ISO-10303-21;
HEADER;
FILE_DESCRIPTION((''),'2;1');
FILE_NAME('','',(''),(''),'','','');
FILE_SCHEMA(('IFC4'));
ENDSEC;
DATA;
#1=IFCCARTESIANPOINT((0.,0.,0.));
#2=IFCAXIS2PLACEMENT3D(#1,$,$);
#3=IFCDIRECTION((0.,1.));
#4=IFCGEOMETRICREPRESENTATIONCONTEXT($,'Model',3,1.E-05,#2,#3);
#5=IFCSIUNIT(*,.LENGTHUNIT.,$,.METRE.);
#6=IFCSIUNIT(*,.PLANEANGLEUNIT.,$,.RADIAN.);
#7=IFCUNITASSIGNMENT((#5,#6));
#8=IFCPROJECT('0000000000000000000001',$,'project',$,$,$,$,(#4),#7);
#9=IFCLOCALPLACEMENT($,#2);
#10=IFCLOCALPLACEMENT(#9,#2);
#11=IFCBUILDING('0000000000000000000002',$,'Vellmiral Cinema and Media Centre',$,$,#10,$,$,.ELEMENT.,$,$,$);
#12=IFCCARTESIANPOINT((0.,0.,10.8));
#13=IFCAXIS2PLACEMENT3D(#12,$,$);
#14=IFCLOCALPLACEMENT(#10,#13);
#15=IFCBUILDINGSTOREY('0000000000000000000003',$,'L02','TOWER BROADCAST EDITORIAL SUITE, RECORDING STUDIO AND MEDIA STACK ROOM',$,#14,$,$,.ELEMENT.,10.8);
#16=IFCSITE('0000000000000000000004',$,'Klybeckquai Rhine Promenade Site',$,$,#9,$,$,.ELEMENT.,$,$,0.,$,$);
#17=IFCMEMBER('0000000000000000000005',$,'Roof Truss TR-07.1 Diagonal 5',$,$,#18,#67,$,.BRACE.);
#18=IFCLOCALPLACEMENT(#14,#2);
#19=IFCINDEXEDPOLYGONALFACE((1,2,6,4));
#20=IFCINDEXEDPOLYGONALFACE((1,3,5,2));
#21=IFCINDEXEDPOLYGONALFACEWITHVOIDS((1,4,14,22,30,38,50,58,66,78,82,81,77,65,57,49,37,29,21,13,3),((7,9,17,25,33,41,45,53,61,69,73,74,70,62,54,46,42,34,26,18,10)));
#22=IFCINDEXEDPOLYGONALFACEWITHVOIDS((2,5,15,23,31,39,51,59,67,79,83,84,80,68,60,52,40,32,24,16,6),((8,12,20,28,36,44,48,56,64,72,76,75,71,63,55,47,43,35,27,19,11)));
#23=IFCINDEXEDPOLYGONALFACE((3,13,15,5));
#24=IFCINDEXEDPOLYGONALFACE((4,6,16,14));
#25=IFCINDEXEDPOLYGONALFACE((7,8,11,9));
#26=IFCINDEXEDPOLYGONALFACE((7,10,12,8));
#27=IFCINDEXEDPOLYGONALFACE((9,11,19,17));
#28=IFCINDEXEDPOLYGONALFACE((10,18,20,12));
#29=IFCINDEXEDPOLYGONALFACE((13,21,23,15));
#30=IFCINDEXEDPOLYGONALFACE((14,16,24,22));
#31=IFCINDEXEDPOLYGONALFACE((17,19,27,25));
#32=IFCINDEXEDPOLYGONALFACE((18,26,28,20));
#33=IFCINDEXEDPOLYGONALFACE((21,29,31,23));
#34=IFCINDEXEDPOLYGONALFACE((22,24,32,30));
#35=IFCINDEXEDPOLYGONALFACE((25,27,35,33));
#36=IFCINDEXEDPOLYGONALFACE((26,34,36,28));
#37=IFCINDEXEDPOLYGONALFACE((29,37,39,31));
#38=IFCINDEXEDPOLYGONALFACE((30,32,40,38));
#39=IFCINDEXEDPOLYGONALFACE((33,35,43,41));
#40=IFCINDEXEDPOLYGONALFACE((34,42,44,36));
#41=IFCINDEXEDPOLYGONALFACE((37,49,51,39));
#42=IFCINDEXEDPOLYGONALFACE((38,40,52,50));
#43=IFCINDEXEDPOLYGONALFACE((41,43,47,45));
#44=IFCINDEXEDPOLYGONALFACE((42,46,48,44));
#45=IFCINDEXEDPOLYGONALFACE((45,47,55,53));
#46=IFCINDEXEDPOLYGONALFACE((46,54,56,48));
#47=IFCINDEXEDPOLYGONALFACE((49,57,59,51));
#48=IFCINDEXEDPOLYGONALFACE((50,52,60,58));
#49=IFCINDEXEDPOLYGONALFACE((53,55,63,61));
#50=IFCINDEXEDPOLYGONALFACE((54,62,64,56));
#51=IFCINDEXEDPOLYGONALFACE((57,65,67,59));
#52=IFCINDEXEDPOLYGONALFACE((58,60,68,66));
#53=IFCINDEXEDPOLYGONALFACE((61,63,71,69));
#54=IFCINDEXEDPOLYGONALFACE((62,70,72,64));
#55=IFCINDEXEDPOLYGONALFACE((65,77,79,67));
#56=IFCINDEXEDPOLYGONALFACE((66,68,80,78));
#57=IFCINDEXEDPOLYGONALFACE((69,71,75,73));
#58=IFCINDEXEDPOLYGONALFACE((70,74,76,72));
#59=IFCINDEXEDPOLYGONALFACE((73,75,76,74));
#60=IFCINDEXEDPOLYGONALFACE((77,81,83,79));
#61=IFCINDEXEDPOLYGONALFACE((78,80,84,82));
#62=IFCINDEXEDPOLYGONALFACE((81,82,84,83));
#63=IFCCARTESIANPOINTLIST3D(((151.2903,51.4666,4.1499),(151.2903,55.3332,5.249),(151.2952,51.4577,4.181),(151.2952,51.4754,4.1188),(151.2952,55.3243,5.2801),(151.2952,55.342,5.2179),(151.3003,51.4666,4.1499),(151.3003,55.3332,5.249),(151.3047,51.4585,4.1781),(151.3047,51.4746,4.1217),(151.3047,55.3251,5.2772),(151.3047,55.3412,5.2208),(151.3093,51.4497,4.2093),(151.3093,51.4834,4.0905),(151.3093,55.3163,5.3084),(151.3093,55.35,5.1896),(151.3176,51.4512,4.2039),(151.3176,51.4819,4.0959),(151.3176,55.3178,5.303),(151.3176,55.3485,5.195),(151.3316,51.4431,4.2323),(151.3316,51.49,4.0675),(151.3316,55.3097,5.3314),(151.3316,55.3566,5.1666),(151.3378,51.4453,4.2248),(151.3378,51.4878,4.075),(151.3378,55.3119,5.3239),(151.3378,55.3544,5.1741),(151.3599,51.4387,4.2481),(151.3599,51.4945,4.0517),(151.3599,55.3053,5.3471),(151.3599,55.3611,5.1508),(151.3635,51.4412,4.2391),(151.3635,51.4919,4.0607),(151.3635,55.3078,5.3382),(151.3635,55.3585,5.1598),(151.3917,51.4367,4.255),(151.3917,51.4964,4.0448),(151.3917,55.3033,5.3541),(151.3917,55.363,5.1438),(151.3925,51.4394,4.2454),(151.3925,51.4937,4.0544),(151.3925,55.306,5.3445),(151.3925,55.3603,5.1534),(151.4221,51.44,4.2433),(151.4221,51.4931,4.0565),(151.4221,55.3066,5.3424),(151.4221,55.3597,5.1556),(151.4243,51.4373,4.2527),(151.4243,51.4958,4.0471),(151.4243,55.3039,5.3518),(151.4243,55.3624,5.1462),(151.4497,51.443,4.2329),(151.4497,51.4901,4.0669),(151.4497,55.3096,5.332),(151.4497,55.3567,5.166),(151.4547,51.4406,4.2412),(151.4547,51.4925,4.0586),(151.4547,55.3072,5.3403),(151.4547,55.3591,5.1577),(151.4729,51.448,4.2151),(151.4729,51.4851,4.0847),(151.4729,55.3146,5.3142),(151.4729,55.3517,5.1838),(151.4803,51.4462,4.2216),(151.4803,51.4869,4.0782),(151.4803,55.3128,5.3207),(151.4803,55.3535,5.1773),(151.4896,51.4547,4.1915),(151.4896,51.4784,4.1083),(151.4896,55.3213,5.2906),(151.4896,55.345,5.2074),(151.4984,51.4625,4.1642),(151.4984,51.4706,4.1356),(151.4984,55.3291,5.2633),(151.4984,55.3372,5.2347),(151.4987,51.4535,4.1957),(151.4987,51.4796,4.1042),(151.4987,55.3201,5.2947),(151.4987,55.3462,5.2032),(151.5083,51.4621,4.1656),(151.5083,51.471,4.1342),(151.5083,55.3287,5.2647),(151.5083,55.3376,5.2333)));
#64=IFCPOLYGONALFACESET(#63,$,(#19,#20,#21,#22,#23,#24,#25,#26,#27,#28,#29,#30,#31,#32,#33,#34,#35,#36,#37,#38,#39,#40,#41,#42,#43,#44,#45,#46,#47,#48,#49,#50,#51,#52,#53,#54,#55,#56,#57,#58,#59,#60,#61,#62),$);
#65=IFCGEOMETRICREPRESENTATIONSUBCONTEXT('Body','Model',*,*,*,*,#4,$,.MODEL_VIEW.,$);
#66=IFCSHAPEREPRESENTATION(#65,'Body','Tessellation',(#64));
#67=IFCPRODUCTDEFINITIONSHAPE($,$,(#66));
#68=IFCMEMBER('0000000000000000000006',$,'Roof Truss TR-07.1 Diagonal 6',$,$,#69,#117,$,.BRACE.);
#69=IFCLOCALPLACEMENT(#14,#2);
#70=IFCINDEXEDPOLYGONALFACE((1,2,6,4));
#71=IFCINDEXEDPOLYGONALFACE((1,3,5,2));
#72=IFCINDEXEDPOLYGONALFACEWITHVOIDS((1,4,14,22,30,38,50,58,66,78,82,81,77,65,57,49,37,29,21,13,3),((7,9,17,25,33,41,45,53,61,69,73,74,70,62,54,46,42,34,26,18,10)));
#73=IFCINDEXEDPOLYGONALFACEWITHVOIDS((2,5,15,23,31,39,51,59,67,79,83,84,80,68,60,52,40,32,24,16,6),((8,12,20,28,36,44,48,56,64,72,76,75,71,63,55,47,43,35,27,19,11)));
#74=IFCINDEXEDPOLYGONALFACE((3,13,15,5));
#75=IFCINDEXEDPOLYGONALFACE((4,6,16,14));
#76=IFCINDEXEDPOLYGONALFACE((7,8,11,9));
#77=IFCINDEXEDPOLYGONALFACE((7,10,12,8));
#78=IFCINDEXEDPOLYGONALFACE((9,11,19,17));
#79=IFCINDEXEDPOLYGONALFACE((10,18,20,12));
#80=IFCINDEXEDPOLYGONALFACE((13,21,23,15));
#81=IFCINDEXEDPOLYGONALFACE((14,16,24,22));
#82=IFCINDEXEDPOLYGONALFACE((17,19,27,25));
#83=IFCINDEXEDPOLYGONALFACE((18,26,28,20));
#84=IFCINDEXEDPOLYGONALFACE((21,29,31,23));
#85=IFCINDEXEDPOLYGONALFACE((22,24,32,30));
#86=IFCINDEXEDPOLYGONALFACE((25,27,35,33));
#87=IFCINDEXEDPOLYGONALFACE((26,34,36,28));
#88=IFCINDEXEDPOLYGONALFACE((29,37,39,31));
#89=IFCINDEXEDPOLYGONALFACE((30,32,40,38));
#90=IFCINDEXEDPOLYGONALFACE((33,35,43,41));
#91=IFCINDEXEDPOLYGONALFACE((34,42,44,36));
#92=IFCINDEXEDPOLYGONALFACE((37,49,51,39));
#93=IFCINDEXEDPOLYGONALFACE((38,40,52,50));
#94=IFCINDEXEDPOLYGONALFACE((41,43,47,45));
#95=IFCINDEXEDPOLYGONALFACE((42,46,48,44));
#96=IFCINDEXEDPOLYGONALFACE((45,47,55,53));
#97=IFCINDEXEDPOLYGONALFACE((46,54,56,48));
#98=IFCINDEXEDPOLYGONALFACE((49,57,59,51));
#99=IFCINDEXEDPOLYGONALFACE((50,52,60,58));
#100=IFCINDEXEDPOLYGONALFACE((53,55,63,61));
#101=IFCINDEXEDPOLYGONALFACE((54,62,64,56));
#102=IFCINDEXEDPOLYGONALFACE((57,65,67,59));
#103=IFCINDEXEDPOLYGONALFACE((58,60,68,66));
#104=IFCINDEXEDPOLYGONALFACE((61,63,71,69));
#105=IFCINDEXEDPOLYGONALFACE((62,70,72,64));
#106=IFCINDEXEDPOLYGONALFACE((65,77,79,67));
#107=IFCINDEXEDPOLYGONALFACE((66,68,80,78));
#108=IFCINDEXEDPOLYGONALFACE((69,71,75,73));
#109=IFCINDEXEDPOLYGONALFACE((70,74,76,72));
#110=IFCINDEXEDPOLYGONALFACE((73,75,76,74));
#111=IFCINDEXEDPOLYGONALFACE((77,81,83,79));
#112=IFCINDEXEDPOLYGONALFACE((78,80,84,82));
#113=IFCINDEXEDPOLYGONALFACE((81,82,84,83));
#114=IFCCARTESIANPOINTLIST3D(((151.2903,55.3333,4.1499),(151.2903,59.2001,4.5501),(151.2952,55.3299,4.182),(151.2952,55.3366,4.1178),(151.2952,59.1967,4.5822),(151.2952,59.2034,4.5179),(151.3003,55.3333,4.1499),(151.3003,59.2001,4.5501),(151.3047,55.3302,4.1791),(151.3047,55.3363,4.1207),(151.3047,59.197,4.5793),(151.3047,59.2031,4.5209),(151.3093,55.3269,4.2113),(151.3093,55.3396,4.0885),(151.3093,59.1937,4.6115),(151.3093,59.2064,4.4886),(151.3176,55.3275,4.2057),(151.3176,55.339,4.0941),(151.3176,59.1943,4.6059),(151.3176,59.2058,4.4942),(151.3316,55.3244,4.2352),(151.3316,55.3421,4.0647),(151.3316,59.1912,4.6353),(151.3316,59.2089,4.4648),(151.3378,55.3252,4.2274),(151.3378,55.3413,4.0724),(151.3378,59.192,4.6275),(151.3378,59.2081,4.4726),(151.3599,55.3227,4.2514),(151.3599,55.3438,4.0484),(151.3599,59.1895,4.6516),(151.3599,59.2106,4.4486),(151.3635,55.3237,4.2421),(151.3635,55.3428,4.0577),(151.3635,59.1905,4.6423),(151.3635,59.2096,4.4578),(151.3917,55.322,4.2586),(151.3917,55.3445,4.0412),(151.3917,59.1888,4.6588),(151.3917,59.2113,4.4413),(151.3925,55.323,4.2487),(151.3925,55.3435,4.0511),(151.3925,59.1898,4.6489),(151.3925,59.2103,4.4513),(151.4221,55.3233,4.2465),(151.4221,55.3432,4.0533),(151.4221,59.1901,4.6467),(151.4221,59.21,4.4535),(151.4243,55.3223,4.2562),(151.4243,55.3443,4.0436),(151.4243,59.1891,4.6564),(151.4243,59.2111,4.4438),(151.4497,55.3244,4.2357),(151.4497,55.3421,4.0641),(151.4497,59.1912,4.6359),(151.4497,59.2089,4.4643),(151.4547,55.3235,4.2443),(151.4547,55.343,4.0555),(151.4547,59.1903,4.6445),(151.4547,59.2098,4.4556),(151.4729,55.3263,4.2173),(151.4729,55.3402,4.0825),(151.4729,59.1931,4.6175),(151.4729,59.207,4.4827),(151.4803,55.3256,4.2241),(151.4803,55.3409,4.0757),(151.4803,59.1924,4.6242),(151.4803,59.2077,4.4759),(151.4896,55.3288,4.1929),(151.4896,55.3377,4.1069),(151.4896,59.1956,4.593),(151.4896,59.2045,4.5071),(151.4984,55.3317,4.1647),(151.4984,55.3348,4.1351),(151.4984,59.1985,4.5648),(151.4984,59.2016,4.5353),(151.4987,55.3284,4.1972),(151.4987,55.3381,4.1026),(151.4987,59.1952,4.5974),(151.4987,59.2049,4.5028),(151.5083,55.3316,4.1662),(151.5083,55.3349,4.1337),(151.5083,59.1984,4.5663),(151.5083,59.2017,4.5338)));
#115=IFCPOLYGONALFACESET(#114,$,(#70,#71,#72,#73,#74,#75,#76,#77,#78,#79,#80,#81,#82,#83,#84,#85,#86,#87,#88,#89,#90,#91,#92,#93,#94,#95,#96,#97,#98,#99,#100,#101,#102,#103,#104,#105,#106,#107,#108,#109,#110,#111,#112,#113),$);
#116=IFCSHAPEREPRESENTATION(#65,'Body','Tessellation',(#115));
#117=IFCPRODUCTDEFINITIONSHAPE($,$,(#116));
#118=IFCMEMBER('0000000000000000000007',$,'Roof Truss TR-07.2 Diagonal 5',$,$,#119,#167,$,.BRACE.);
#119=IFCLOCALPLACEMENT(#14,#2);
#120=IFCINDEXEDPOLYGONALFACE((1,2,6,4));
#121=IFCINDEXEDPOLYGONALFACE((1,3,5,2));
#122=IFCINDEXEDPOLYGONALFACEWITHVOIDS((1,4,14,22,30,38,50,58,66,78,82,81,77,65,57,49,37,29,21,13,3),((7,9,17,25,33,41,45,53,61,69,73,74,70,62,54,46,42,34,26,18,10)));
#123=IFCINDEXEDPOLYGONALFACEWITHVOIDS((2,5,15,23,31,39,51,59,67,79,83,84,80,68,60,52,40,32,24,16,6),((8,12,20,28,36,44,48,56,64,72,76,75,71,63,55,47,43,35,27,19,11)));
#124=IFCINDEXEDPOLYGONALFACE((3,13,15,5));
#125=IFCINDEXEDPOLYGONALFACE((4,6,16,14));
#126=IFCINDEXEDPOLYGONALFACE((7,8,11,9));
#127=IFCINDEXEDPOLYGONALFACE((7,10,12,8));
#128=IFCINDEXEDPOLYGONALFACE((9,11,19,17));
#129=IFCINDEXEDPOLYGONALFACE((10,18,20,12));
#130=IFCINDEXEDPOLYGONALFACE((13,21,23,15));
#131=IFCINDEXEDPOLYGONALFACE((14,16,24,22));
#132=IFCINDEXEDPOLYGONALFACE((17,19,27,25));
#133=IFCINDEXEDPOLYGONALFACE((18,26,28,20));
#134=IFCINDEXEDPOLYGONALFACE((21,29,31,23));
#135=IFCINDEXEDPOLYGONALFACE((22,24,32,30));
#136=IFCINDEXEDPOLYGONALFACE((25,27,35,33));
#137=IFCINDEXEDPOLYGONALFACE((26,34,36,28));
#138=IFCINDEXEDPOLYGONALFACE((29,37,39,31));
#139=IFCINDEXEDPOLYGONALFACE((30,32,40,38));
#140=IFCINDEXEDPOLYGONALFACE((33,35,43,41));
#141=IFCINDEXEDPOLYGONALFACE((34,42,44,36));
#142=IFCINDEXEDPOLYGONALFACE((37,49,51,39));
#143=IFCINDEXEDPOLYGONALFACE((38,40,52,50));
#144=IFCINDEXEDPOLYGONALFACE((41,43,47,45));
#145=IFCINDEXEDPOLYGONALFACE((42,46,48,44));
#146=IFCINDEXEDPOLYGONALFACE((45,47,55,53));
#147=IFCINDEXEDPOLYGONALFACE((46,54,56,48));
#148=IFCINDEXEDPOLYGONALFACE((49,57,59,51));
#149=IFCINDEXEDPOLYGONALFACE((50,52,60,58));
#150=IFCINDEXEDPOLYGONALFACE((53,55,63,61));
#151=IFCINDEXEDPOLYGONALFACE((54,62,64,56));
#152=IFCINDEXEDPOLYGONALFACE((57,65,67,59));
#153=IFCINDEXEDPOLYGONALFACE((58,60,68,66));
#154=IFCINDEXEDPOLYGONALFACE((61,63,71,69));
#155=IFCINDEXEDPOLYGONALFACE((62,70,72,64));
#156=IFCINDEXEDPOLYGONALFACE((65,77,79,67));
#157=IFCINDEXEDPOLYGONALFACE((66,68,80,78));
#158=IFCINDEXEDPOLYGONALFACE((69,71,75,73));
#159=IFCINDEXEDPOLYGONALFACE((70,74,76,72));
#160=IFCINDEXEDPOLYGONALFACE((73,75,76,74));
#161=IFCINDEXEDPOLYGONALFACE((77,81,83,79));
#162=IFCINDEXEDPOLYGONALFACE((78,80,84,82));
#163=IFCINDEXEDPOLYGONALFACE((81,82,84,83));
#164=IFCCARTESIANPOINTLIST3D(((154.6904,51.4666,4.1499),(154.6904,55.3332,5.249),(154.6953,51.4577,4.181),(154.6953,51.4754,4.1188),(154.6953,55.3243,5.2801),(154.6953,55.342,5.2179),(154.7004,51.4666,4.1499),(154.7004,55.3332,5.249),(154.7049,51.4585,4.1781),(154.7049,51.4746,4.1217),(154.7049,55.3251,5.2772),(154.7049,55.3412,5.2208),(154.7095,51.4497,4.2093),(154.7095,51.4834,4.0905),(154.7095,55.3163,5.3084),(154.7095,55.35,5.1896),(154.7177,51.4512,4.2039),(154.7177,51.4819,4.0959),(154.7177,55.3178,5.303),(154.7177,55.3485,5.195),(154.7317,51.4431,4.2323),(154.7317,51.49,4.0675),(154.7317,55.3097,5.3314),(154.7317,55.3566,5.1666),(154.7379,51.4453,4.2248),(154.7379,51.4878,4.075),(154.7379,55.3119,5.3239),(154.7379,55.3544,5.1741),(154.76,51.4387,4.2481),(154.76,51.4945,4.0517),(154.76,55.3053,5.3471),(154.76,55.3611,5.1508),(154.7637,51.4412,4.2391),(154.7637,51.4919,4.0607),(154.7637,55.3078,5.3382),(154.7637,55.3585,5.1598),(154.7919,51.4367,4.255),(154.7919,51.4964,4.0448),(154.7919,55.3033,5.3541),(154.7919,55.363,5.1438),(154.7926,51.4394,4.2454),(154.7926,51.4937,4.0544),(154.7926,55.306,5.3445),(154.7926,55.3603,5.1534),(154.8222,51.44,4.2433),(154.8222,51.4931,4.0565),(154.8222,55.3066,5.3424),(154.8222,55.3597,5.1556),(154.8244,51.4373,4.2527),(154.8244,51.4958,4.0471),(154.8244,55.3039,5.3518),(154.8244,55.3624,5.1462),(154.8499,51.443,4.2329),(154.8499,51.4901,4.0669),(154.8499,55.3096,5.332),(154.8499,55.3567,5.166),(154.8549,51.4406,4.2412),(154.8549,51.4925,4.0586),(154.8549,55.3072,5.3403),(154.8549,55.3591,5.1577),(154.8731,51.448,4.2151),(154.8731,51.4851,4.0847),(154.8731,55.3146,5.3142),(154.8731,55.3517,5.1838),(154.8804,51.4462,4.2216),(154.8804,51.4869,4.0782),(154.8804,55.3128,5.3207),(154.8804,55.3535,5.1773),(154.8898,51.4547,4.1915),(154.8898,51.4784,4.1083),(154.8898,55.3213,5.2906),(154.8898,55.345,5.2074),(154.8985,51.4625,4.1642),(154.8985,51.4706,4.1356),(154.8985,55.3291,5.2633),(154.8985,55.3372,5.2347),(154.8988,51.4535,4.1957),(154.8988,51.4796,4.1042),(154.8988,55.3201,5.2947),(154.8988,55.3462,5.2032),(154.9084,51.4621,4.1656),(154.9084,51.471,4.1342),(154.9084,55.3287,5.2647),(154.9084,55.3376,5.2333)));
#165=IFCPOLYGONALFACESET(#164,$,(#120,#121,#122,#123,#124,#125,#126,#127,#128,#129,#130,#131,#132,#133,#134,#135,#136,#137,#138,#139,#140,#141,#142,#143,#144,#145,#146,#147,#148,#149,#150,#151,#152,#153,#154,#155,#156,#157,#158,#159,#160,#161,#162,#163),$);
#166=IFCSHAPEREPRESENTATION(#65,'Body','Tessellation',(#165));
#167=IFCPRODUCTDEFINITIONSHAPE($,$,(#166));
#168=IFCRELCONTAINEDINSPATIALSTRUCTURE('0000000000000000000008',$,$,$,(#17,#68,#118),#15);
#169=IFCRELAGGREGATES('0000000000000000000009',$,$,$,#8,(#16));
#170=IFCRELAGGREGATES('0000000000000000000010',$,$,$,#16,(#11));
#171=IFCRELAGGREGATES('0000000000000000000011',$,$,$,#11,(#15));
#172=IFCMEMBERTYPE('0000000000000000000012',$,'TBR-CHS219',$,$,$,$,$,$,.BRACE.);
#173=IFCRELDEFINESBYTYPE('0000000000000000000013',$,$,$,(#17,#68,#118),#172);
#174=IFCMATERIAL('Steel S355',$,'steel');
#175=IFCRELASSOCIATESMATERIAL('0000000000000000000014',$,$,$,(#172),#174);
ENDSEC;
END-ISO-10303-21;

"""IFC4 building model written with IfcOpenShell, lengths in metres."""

from ifc_helpers import new_model, si_unit, direction, frame, origin, origin_2d, place, context, subcontext, project, spatial, hollow_circle, extrude, material, material_profile, profile_set, type_object, element, save


model = new_model("IFC4")

# Units and contexts
model_context = context("Model", 3, precision=1e-05, world=origin(), true_north=direction((0.0, 1.0)))
body_context = subcontext(model_context, "Body", "Model", "MODEL_VIEW")
ifc_project = project(units=[si_unit("LENGTHUNIT", "METRE"), si_unit("PLANEANGLEUNIT", "RADIAN")], contexts=[model_context])

# Site, building, storey
site_placement = place(None, origin())
site = spatial("IfcSite", under=ifc_project, at=site_placement, Name="Klybeckquai Rhine Promenade Site", CompositionType="ELEMENT", RefElevation=0.0)
building_placement = place(site_placement, origin())
building = spatial("IfcBuilding", under=site, at=building_placement, Name="Vellmiral Cinema and Media Centre", CompositionType="ELEMENT")
storey_placement = place(building_placement, frame((0.0, 0.0, 10.8)))
storey = spatial("IfcBuildingStorey", under=building, at=storey_placement, Name="L02", Description="TOWER BROADCAST EDITORIAL SUITE, RECORDING STUDIO AND MEDIA STACK ROOM", CompositionType="ELEMENT", Elevation=10.8)

# Members
ifc_material_1 = material(Name="Steel S355", Category="steel")
ifc_material_profile_1 = material_profile(ifc_material_1, hollow_circle(Radius=0.1096, WallThickness=0.01, at=origin_2d()), Name="CHS 219.1x10.0")
ifc_profile_set_1 = profile_set([ifc_material_profile_1], Name="Steel S355")
member_type_1 = type_object("IfcMemberType", Name="TBR-CHS219", PredefinedType="BRACE", material=ifc_profile_set_1)
member_1_placement = place(storey_placement, frame((151.3999, 51.4666, 4.1499), z_axis=(0.0, 0.961894, 0.273421), x_axis=(-1.0, 0.0, 0.0)))
element("IfcMember", 1, at=member_1_placement, inside=storey, type_object=member_type_1, Name="Roof Truss TR-07.1 Diagonal 5", PredefinedType="BRACE", context=body_context, shape_type="SweptSolid", body=[
    extrude(hollow_circle(Radius=0.1096, WallThickness=0.01, at=origin_2d()), origin(), (0.0, 0.0, 1.0), 4.0198),
])
member_2_placement = place(storey_placement, frame((151.3999, 55.3333, 4.1499), z_axis=(0.0, 0.994688, 0.102936), x_axis=(-1.0, 0.0, 0.0)))
element("IfcMember", 2, at=member_2_placement, inside=storey, type_object=member_type_1, Name="Roof Truss TR-07.1 Diagonal 6", PredefinedType="BRACE", context=body_context, shape_type="SweptSolid", body=[
    extrude(hollow_circle(Radius=0.1096, WallThickness=0.01, at=origin_2d()), origin(), (0.0, 0.0, 1.0), 3.8875),
])
member_3_placement = place(storey_placement, frame((154.8, 51.4666, 4.1499), z_axis=(0.0, 0.961894, 0.273421), x_axis=(-1.0, 0.0, 0.0)))
element("IfcMember", 3, at=member_3_placement, inside=storey, type_object=member_type_1, Name="Roof Truss TR-07.2 Diagonal 5", PredefinedType="BRACE", context=body_context, shape_type="SweptSolid", body=[
    extrude(hollow_circle(Radius=0.1096, WallThickness=0.01, at=origin_2d()), origin(), (0.0, 0.0, 1.0), 4.0198),
])

save(model, "model.ifc")
